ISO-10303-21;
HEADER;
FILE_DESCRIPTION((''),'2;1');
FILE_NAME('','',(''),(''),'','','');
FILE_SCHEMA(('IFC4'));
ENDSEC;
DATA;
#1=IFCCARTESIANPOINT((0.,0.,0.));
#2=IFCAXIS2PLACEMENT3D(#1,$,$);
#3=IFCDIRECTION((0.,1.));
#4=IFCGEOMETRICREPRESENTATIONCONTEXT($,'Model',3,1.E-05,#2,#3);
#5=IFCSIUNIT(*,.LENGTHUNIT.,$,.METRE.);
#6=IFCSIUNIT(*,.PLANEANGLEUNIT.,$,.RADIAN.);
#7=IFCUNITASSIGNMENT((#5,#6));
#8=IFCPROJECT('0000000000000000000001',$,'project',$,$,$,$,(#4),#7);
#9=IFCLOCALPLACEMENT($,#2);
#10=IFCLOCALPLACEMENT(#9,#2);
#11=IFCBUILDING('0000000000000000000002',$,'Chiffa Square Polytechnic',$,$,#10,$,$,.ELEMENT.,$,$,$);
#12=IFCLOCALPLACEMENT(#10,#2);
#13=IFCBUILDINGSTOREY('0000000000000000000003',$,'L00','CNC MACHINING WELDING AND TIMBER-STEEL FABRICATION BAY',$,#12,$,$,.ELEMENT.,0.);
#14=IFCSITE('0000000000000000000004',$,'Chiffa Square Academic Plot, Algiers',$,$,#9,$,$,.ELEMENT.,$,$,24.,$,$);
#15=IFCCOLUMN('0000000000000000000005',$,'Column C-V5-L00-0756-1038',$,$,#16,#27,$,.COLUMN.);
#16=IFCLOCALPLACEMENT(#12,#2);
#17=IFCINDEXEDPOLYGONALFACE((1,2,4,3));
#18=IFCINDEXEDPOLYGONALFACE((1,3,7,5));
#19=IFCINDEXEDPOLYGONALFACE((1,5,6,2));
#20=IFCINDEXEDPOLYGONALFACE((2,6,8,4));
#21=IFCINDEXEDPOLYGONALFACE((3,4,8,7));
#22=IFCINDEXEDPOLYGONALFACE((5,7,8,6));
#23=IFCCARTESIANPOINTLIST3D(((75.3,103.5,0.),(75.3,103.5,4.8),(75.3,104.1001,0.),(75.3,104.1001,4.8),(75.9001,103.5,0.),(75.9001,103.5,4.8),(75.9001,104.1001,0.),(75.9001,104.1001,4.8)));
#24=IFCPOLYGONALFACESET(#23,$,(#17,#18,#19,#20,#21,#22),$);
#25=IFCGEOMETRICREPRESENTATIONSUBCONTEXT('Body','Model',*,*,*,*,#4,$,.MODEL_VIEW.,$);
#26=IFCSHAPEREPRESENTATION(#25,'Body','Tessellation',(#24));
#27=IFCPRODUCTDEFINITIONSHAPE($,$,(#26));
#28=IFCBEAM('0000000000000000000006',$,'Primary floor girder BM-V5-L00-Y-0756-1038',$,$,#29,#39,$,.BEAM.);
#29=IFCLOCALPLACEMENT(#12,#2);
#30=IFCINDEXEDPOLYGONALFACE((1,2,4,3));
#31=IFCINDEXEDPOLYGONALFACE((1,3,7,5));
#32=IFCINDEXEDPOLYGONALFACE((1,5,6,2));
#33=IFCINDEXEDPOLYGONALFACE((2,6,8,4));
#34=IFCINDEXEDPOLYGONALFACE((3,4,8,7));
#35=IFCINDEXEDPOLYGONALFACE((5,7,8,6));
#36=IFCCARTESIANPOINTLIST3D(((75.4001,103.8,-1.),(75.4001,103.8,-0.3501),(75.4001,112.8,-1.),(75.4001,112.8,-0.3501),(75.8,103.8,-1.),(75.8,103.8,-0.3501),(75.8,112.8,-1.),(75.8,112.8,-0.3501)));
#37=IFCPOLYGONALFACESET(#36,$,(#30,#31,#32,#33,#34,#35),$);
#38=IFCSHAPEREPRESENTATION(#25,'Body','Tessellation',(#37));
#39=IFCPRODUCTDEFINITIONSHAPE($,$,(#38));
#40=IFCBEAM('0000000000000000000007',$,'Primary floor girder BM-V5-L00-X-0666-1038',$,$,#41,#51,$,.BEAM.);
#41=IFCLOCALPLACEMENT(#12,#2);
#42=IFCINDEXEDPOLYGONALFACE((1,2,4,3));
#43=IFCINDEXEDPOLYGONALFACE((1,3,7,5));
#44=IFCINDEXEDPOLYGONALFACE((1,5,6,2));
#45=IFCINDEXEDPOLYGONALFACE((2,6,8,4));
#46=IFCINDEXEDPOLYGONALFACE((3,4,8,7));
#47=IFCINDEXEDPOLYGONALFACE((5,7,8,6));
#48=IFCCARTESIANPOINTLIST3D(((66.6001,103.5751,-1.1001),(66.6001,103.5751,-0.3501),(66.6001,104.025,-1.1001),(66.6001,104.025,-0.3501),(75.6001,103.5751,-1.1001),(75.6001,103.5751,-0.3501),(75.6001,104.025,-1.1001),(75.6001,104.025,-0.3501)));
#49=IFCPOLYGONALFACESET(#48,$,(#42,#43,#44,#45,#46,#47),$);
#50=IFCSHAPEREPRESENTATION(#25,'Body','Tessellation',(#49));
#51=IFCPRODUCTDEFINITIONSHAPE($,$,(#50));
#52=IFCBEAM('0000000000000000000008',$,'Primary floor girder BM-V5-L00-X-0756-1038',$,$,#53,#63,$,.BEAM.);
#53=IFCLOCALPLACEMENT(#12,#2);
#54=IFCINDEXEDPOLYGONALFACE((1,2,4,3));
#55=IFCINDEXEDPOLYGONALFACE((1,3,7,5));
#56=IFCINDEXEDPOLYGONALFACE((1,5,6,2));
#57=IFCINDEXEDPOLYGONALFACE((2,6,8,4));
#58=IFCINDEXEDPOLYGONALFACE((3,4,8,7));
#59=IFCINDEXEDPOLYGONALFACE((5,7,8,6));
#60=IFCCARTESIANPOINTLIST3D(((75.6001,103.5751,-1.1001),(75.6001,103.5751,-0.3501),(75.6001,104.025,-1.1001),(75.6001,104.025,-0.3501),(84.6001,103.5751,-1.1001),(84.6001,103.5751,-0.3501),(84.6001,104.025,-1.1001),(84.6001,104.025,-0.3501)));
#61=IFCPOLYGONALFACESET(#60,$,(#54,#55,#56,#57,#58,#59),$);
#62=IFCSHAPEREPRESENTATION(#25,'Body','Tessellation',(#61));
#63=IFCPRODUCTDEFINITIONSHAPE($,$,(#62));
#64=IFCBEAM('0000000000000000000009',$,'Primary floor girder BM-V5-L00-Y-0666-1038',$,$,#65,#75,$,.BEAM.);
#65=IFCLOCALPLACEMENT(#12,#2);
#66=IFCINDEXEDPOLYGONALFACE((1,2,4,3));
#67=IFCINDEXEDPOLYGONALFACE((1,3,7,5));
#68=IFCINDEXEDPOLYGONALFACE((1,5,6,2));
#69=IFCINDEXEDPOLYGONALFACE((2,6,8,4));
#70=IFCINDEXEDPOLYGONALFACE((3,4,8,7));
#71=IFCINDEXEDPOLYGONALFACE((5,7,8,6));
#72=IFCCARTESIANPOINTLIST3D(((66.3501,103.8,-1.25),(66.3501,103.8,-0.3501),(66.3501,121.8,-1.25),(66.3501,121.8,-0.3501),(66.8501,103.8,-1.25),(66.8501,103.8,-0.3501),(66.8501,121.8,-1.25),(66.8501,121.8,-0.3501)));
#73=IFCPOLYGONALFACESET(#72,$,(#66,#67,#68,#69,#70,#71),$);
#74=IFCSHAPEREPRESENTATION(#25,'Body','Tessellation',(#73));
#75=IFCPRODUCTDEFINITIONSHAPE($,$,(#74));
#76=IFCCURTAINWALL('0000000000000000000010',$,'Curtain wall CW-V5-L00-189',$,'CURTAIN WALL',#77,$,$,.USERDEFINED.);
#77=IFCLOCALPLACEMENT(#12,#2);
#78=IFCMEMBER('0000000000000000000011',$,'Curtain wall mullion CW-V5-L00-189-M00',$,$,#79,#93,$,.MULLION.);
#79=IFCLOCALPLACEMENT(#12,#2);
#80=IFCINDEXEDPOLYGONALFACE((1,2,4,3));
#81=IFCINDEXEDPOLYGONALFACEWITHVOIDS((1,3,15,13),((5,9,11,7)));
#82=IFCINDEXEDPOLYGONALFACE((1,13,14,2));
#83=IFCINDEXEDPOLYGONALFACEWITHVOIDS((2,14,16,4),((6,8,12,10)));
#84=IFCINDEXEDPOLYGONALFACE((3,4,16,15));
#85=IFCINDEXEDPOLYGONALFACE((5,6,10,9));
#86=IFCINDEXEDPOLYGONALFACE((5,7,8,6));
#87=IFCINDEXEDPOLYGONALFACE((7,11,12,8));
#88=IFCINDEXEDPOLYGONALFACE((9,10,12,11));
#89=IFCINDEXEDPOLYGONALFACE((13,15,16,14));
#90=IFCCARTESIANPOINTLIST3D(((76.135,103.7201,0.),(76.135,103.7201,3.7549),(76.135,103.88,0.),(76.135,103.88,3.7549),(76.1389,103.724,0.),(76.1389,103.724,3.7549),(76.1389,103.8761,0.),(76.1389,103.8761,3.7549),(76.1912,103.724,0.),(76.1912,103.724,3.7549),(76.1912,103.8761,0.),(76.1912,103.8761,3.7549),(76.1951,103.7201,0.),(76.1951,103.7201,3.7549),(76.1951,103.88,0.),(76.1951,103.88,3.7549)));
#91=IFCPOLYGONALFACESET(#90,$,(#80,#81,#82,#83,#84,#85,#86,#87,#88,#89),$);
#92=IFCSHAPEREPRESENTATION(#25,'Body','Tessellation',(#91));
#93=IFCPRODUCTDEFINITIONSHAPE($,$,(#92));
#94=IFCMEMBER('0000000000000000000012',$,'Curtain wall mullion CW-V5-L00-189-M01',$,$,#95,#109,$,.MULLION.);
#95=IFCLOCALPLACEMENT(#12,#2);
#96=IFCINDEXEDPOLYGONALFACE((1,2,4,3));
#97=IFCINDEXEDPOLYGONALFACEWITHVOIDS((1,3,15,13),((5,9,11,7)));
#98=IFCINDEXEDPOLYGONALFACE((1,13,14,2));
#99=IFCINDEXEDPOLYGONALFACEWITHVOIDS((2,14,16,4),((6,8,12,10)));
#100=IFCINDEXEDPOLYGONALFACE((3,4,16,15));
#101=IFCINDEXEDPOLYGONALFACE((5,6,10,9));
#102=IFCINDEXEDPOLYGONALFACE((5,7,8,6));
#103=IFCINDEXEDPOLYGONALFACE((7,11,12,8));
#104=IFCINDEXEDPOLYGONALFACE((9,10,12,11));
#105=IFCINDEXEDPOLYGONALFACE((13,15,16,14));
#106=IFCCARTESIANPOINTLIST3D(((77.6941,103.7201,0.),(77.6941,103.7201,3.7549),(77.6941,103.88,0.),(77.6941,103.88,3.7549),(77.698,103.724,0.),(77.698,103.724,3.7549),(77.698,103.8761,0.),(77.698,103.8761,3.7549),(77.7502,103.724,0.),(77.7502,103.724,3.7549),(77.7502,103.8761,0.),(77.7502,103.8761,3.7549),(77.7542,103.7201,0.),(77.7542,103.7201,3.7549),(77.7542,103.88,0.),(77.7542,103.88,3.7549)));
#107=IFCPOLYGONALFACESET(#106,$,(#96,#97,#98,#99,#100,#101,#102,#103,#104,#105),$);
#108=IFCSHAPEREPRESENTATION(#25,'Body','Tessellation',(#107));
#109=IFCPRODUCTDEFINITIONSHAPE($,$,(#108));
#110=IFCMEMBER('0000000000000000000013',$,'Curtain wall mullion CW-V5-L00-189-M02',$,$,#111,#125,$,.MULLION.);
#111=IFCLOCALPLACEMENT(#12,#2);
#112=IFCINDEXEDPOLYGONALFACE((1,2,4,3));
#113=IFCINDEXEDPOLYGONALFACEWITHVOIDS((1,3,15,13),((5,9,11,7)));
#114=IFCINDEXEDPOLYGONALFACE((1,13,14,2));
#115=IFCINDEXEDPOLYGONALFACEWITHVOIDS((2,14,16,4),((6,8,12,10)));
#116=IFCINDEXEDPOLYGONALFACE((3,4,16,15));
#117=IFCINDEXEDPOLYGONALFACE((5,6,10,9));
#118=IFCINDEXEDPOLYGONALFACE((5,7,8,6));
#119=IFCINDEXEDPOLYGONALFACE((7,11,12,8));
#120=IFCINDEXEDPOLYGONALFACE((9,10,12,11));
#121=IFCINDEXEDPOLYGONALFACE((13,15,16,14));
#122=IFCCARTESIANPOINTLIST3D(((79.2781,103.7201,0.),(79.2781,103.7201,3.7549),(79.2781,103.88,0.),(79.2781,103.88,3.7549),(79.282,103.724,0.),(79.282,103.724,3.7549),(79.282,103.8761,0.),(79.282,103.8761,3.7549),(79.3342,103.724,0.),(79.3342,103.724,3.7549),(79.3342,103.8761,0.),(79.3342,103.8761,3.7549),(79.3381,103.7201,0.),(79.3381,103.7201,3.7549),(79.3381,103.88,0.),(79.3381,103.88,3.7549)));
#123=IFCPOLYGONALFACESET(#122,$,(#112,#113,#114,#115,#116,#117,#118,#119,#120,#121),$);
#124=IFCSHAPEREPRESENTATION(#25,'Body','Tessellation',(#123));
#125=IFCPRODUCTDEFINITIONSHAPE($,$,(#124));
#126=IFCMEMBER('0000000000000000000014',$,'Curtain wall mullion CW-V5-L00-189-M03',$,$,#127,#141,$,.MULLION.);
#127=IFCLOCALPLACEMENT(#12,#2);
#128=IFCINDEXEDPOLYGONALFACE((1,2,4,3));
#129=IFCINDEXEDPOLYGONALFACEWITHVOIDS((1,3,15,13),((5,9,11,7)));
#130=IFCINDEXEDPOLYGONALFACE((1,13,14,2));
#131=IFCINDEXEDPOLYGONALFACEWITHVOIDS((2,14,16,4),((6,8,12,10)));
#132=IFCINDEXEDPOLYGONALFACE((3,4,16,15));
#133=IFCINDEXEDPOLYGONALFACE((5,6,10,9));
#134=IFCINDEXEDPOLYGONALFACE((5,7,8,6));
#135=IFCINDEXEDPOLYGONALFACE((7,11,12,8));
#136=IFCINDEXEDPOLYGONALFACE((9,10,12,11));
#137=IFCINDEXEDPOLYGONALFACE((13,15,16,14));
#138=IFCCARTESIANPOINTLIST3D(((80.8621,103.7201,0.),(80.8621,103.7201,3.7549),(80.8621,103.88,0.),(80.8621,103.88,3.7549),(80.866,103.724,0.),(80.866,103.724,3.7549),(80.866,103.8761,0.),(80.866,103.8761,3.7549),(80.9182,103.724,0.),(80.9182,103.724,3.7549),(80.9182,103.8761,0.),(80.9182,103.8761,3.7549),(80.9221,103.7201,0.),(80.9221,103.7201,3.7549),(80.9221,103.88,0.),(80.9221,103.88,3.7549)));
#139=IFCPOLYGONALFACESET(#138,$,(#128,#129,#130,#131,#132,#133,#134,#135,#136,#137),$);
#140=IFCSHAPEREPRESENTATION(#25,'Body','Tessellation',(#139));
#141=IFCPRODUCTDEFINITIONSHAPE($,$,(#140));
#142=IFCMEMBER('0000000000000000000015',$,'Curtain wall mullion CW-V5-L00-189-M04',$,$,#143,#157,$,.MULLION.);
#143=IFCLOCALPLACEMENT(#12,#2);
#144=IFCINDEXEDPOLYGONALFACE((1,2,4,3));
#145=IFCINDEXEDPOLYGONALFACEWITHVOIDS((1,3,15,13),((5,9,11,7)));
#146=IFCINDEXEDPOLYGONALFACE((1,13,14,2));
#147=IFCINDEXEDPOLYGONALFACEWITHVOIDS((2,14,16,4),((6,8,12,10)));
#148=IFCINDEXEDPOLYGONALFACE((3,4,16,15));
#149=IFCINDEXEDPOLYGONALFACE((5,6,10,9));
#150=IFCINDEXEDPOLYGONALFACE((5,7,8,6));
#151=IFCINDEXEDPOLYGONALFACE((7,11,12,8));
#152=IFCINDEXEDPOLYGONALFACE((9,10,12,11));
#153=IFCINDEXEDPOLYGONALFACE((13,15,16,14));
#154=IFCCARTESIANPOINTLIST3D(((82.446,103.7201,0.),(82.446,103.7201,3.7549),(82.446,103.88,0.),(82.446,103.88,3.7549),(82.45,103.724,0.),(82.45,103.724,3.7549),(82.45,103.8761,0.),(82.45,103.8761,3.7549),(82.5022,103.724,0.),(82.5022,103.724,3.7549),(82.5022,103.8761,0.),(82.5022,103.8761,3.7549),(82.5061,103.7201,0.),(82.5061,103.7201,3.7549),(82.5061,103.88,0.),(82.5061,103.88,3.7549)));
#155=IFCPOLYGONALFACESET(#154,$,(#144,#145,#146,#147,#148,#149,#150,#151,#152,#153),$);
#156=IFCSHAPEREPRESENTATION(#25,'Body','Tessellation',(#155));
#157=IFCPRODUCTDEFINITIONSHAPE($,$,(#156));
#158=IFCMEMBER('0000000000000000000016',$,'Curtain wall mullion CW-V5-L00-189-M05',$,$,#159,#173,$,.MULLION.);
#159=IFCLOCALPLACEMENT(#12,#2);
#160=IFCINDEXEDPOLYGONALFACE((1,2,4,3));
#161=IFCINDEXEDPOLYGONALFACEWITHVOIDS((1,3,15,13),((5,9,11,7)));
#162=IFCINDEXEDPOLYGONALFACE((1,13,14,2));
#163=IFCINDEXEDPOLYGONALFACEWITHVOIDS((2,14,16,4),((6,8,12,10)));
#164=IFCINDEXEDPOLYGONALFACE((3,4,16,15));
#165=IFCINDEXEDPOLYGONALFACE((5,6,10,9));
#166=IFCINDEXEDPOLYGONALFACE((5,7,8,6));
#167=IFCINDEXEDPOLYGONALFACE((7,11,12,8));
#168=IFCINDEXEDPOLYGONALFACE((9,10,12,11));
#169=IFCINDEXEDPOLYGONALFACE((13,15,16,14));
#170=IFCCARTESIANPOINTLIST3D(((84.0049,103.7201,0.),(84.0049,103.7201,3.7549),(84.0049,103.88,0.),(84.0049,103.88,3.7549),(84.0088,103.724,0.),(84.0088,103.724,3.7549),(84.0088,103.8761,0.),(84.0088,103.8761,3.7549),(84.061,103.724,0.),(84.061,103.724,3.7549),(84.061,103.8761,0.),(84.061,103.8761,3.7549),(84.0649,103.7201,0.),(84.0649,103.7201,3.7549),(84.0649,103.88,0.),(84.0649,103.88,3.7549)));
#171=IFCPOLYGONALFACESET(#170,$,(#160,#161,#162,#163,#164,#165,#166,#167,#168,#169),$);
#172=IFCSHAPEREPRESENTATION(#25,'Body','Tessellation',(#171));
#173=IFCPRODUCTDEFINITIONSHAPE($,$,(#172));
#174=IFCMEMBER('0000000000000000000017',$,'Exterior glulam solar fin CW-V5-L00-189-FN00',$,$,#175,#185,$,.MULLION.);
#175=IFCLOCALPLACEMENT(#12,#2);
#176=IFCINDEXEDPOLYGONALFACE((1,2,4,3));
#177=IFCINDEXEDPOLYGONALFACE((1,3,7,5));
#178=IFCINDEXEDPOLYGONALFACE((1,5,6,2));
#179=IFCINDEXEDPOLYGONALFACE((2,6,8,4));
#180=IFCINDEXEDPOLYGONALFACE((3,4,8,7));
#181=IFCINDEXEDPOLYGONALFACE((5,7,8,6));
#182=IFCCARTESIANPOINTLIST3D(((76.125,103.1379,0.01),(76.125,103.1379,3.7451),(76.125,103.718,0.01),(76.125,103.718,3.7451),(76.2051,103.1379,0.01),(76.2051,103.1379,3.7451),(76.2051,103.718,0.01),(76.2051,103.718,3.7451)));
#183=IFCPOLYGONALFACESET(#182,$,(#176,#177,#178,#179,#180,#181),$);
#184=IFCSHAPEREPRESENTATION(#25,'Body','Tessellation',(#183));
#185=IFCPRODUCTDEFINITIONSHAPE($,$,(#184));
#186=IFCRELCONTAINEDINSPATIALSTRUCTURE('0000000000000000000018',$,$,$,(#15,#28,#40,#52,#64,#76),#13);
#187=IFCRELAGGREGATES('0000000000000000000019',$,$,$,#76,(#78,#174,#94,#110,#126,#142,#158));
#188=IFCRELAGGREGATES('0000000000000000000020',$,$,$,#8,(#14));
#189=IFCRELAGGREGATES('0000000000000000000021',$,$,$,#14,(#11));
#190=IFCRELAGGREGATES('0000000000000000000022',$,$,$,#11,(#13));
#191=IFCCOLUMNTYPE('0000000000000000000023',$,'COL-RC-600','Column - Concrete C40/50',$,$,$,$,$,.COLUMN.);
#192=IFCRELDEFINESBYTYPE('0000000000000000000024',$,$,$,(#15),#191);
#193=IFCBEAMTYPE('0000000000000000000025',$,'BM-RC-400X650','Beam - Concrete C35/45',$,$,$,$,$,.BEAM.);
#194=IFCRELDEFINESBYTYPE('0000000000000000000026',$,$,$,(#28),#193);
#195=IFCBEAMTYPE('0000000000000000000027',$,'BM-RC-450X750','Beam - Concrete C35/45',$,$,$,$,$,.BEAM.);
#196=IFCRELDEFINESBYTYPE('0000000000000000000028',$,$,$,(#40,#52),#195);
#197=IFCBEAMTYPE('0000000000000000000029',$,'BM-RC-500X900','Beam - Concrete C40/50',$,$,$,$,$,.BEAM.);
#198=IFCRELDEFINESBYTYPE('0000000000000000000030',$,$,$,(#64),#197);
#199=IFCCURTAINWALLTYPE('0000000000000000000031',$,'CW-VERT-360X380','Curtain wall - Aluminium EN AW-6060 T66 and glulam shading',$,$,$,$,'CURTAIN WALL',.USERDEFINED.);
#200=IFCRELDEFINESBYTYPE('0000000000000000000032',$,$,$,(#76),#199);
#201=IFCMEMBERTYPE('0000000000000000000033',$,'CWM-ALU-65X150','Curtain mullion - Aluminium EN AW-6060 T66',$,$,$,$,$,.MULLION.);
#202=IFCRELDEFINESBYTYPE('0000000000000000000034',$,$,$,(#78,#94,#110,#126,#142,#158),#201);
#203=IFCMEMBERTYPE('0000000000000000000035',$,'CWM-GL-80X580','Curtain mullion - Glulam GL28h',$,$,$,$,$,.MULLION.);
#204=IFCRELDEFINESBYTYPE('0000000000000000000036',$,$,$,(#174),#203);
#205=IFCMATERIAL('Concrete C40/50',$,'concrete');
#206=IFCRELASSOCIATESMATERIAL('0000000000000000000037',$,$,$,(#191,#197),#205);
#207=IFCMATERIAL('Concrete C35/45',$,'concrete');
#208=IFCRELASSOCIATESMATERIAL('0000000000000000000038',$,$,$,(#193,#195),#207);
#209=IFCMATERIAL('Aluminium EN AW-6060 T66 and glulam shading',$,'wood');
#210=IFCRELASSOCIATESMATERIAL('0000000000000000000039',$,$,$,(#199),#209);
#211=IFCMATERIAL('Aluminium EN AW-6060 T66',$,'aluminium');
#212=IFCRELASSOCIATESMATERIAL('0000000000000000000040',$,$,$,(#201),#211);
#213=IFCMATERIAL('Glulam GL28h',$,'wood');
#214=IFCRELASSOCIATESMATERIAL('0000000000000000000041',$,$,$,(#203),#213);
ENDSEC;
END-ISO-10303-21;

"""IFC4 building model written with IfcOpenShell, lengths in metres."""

from ifc_helpers import new_model, si_unit, direction, frame, origin, origin_2d, place, context, subcontext, project, spatial, rectangle, hollow_rectangle, extrude, material, material_profile, profile_set, type_object, element, aggregate, save


model = new_model("IFC4")

# Units and contexts
model_context = context("Model", 3, precision=1e-05, world=origin(), true_north=direction((0.0, 1.0)))
body_context = subcontext(model_context, "Body", "Model", "MODEL_VIEW")
ifc_project = project(units=[si_unit("LENGTHUNIT", "METRE"), si_unit("PLANEANGLEUNIT", "RADIAN")], contexts=[model_context])

# Site, building, storey
site_placement = place(None, origin())
site = spatial("IfcSite", under=ifc_project, at=site_placement, Name="Chiffa Square Academic Plot, Algiers", CompositionType="ELEMENT", RefElevation=24.0)
building_placement = place(site_placement, origin())
building = spatial("IfcBuilding", under=site, at=building_placement, Name="Chiffa Square Polytechnic", CompositionType="ELEMENT")
storey_placement = place(building_placement, origin())
storey = spatial("IfcBuildingStorey", under=building, at=storey_placement, Name="L00", Description="CNC MACHINING WELDING AND TIMBER-STEEL FABRICATION BAY", CompositionType="ELEMENT", Elevation=0.0)

# Column
ifc_material_1 = material(Name="Concrete C40/50", Category="concrete")
ifc_material_profile_1 = material_profile(ifc_material_1, rectangle(XDim=0.6001, YDim=0.6001, at=origin_2d()), Name="RC 600x600")
ifc_profile_set_1 = profile_set([ifc_material_profile_1], Name="Concrete C40/50")
column_type = type_object("IfcColumnType", Name="COL-RC-600", Description="Column - Concrete C40/50", PredefinedType="COLUMN", material=ifc_profile_set_1)
column_placement = place(storey_placement, frame((75.6001, 103.8, 0.0), z_axis=(0.0, 0.0, 1.0), x_axis=(1.0, 0.0, 0.0)))
element("IfcColumn", 1, at=column_placement, inside=storey, type_object=column_type, Name="Column C-V5-L00-0756-1038", PredefinedType="COLUMN", context=body_context, shape_type="SweptSolid", body=[
    extrude(rectangle(XDim=0.6001, YDim=0.6001, at=origin_2d()), origin(), (0.0, 0.0, 1.0), 4.8),
])

# Beams
ifc_material_2 = material(Name="Concrete C35/45", Category="concrete")
ifc_material_profile_2 = material_profile(ifc_material_2, rectangle(XDim=0.3999, YDim=0.6499, at=origin_2d()), Name="RC 400x650")
ifc_profile_set_2 = profile_set([ifc_material_profile_2], Name="Concrete C35/45")
beam_type_1 = type_object("IfcBeamType", Name="BM-RC-400X650", Description="Beam - Concrete C35/45", PredefinedType="BEAM", material=ifc_profile_set_2)
beam_1_placement = place(storey_placement, frame((75.6001, 103.8, -0.675), z_axis=(0.0, 1.0, 0.0), x_axis=(-1.0, 0.0, 0.0)))
element("IfcBeam", 2, at=beam_1_placement, inside=storey, type_object=beam_type_1, Name="Primary floor girder BM-V5-L00-Y-0756-1038", PredefinedType="BEAM", context=body_context, shape_type="SweptSolid", body=[
    extrude(rectangle(XDim=0.3999, YDim=0.6499, at=origin_2d()), origin(), (0.0, 0.0, 1.0), 9.0),
])
ifc_material_profile_3 = material_profile(ifc_material_2, rectangle(XDim=0.45, YDim=0.75, at=origin_2d()), Name="RC 450x750")
ifc_profile_set_3 = profile_set([ifc_material_profile_3], Name="Concrete C35/45")
beam_type_2 = type_object("IfcBeamType", Name="BM-RC-450X750", Description="Beam - Concrete C35/45", PredefinedType="BEAM", material=ifc_profile_set_3)
for number, where, z_axis, x_axis, name in (
    (3, (66.6001, 103.8, -0.7251), (1.0, 0.0, 0.0), (0.0, 1.0, 0.0), "Primary floor girder BM-V5-L00-X-0666-1038"),
    (4, (75.6001, 103.8, -0.7251), (1.0, 0.0, 0.0), (0.0, 1.0, 0.0), "Primary floor girder BM-V5-L00-X-0756-1038"),
):
    element("IfcBeam", number, at=place(storey_placement, frame(where, z_axis=z_axis, x_axis=x_axis)), inside=storey, type_object=beam_type_2, Name=name, PredefinedType="BEAM", context=body_context, shape_type="SweptSolid", body=[
        extrude(rectangle(XDim=0.45, YDim=0.75, at=origin_2d()), origin(), (0.0, 0.0, 1.0), 9.0),
    ])
ifc_material_profile_4 = material_profile(ifc_material_1, rectangle(XDim=0.5, YDim=0.8999, at=origin_2d()), Name="RC 500x900")
ifc_profile_set_4 = profile_set([ifc_material_profile_4], Name="Concrete C40/50")
beam_type_3 = type_object("IfcBeamType", Name="BM-RC-500X900", Description="Beam - Concrete C40/50", PredefinedType="BEAM", material=ifc_profile_set_4)
beam_2_placement = place(storey_placement, frame((66.6001, 103.8, -0.8), z_axis=(0.0, 1.0, 0.0), x_axis=(-1.0, 0.0, 0.0)))
element("IfcBeam", 5, at=beam_2_placement, inside=storey, type_object=beam_type_3, Name="Primary floor girder BM-V5-L00-Y-0666-1038", PredefinedType="BEAM", context=body_context, shape_type="SweptSolid", body=[
    extrude(rectangle(XDim=0.5, YDim=0.8999, at=origin_2d()), origin(), (0.0, 0.0, 1.0), 18.0),
])

# Curtain wall, members
ifc_material_3 = material(Name="Aluminium EN AW-6060 T66 and glulam shading", Category="wood")
curtain_wall_type = type_object("IfcCurtainWallType", Name="CW-VERT-360X380", Description="Curtain wall - Aluminium EN AW-6060 T66 and glulam shading", ElementType="CURTAIN WALL", PredefinedType="USERDEFINED", material=ifc_material_3)
curtain_wall_placement = place(storey_placement, origin())
curtain_wall = element("IfcCurtainWall", 6, at=curtain_wall_placement, inside=storey, type_object=curtain_wall_type, Name="Curtain wall CW-V5-L00-189", ObjectType="CURTAIN WALL", PredefinedType="USERDEFINED")
ifc_material_4 = material(Name="Aluminium EN AW-6060 T66", Category="aluminium")
ifc_material_profile_5 = material_profile(ifc_material_4, hollow_rectangle(XDim=0.0601, YDim=0.1599, WallThickness=0.0039, at=origin_2d()), Name="ALU 60x160x4")
ifc_profile_set_5 = profile_set([ifc_material_profile_5], Name="Aluminium EN AW-6060 T66")
member_type_1 = type_object("IfcMemberType", Name="CWM-ALU-65X150", Description="Curtain mullion - Aluminium EN AW-6060 T66", PredefinedType="MULLION", material=ifc_profile_set_5)
member_1_placement = place(storey_placement, frame((76.165, 103.8, 0.0), z_axis=(0.0, 0.0, 1.0), x_axis=(1.0, 0.0, 0.0)))
member_1 = element("IfcMember", 7, at=member_1_placement, type_object=member_type_1, Name="Curtain wall mullion CW-V5-L00-189-M00", PredefinedType="MULLION", context=body_context, shape_type="SweptSolid", body=[
    extrude(hollow_rectangle(XDim=0.0601, YDim=0.1599, WallThickness=0.0039, at=origin_2d()), origin(), (0.0, 0.0, 1.0), 3.7549),
])
member_2_placement = place(storey_placement, frame((77.7241, 103.8, 0.0), z_axis=(0.0, 0.0, 1.0), x_axis=(1.0, 0.0, 0.0)))
member_2 = element("IfcMember", 8, at=member_2_placement, type_object=member_type_1, Name="Curtain wall mullion CW-V5-L00-189-M01", PredefinedType="MULLION", context=body_context, shape_type="SweptSolid", body=[
    extrude(hollow_rectangle(XDim=0.0601, YDim=0.1599, WallThickness=0.0039, at=origin_2d()), origin(), (0.0, 0.0, 1.0), 3.7549),
])
member_3_placement = place(storey_placement, frame((79.3081, 103.8, 0.0), z_axis=(0.0, 0.0, 1.0), x_axis=(1.0, 0.0, 0.0)))
member_3 = element("IfcMember", 9, at=member_3_placement, type_object=member_type_1, Name="Curtain wall mullion CW-V5-L00-189-M02", PredefinedType="MULLION", context=body_context, shape_type="SweptSolid", body=[
    extrude(hollow_rectangle(XDim=0.0601, YDim=0.1599, WallThickness=0.0039, at=origin_2d()), origin(), (0.0, 0.0, 1.0), 3.7549),
])
member_4_placement = place(storey_placement, frame((80.8921, 103.8, 0.0), z_axis=(0.0, 0.0, 1.0), x_axis=(1.0, 0.0, 0.0)))
member_4 = element("IfcMember", 10, at=member_4_placement, type_object=member_type_1, Name="Curtain wall mullion CW-V5-L00-189-M03", PredefinedType="MULLION", context=body_context, shape_type="SweptSolid", body=[
    extrude(hollow_rectangle(XDim=0.0601, YDim=0.1599, WallThickness=0.0039, at=origin_2d()), origin(), (0.0, 0.0, 1.0), 3.7549),
])
member_5_placement = place(storey_placement, frame((82.4761, 103.8, 0.0), z_axis=(0.0, 0.0, 1.0), x_axis=(1.0, 0.0, 0.0)))
member_5 = element("IfcMember", 11, at=member_5_placement, type_object=member_type_1, Name="Curtain wall mullion CW-V5-L00-189-M04", PredefinedType="MULLION", context=body_context, shape_type="SweptSolid", body=[
    extrude(hollow_rectangle(XDim=0.0601, YDim=0.1599, WallThickness=0.0039, at=origin_2d()), origin(), (0.0, 0.0, 1.0), 3.7549),
])
member_6_placement = place(storey_placement, frame((84.0349, 103.8, 0.0), z_axis=(0.0, 0.0, 1.0), x_axis=(1.0, 0.0, 0.0)))
member_6 = element("IfcMember", 12, at=member_6_placement, type_object=member_type_1, Name="Curtain wall mullion CW-V5-L00-189-M05", PredefinedType="MULLION", context=body_context, shape_type="SweptSolid", body=[
    extrude(hollow_rectangle(XDim=0.0601, YDim=0.1599, WallThickness=0.0039, at=origin_2d()), origin(), (0.0, 0.0, 1.0), 3.7549),
])
ifc_material_5 = material(Name="Glulam GL28h", Category="wood")
ifc_material_profile_6 = material_profile(ifc_material_5, rectangle(XDim=0.0801, YDim=0.5801, at=origin_2d()), Name="GL28h 80x580")
ifc_profile_set_6 = profile_set([ifc_material_profile_6], Name="Glulam GL28h")
member_type_2 = type_object("IfcMemberType", Name="CWM-GL-80X580", Description="Curtain mullion - Glulam GL28h", PredefinedType="MULLION", material=ifc_profile_set_6)
member_7_placement = place(storey_placement, frame((76.165, 103.428, 0.01), z_axis=(0.0, 0.0, 1.0), x_axis=(1.0, 0.0, 0.0)))
member_7 = element("IfcMember", 13, at=member_7_placement, type_object=member_type_2, Name="Exterior glulam solar fin CW-V5-L00-189-FN00", PredefinedType="MULLION", context=body_context, shape_type="SweptSolid", body=[
    extrude(rectangle(XDim=0.0801, YDim=0.5801, at=origin_2d()), origin(), (0.0, 0.0, 1.0), 3.7351),
])

aggregate(curtain_wall, [member_1, member_7, member_2, member_3, member_4, member_5, member_6])

save(model, "model.ifc")
